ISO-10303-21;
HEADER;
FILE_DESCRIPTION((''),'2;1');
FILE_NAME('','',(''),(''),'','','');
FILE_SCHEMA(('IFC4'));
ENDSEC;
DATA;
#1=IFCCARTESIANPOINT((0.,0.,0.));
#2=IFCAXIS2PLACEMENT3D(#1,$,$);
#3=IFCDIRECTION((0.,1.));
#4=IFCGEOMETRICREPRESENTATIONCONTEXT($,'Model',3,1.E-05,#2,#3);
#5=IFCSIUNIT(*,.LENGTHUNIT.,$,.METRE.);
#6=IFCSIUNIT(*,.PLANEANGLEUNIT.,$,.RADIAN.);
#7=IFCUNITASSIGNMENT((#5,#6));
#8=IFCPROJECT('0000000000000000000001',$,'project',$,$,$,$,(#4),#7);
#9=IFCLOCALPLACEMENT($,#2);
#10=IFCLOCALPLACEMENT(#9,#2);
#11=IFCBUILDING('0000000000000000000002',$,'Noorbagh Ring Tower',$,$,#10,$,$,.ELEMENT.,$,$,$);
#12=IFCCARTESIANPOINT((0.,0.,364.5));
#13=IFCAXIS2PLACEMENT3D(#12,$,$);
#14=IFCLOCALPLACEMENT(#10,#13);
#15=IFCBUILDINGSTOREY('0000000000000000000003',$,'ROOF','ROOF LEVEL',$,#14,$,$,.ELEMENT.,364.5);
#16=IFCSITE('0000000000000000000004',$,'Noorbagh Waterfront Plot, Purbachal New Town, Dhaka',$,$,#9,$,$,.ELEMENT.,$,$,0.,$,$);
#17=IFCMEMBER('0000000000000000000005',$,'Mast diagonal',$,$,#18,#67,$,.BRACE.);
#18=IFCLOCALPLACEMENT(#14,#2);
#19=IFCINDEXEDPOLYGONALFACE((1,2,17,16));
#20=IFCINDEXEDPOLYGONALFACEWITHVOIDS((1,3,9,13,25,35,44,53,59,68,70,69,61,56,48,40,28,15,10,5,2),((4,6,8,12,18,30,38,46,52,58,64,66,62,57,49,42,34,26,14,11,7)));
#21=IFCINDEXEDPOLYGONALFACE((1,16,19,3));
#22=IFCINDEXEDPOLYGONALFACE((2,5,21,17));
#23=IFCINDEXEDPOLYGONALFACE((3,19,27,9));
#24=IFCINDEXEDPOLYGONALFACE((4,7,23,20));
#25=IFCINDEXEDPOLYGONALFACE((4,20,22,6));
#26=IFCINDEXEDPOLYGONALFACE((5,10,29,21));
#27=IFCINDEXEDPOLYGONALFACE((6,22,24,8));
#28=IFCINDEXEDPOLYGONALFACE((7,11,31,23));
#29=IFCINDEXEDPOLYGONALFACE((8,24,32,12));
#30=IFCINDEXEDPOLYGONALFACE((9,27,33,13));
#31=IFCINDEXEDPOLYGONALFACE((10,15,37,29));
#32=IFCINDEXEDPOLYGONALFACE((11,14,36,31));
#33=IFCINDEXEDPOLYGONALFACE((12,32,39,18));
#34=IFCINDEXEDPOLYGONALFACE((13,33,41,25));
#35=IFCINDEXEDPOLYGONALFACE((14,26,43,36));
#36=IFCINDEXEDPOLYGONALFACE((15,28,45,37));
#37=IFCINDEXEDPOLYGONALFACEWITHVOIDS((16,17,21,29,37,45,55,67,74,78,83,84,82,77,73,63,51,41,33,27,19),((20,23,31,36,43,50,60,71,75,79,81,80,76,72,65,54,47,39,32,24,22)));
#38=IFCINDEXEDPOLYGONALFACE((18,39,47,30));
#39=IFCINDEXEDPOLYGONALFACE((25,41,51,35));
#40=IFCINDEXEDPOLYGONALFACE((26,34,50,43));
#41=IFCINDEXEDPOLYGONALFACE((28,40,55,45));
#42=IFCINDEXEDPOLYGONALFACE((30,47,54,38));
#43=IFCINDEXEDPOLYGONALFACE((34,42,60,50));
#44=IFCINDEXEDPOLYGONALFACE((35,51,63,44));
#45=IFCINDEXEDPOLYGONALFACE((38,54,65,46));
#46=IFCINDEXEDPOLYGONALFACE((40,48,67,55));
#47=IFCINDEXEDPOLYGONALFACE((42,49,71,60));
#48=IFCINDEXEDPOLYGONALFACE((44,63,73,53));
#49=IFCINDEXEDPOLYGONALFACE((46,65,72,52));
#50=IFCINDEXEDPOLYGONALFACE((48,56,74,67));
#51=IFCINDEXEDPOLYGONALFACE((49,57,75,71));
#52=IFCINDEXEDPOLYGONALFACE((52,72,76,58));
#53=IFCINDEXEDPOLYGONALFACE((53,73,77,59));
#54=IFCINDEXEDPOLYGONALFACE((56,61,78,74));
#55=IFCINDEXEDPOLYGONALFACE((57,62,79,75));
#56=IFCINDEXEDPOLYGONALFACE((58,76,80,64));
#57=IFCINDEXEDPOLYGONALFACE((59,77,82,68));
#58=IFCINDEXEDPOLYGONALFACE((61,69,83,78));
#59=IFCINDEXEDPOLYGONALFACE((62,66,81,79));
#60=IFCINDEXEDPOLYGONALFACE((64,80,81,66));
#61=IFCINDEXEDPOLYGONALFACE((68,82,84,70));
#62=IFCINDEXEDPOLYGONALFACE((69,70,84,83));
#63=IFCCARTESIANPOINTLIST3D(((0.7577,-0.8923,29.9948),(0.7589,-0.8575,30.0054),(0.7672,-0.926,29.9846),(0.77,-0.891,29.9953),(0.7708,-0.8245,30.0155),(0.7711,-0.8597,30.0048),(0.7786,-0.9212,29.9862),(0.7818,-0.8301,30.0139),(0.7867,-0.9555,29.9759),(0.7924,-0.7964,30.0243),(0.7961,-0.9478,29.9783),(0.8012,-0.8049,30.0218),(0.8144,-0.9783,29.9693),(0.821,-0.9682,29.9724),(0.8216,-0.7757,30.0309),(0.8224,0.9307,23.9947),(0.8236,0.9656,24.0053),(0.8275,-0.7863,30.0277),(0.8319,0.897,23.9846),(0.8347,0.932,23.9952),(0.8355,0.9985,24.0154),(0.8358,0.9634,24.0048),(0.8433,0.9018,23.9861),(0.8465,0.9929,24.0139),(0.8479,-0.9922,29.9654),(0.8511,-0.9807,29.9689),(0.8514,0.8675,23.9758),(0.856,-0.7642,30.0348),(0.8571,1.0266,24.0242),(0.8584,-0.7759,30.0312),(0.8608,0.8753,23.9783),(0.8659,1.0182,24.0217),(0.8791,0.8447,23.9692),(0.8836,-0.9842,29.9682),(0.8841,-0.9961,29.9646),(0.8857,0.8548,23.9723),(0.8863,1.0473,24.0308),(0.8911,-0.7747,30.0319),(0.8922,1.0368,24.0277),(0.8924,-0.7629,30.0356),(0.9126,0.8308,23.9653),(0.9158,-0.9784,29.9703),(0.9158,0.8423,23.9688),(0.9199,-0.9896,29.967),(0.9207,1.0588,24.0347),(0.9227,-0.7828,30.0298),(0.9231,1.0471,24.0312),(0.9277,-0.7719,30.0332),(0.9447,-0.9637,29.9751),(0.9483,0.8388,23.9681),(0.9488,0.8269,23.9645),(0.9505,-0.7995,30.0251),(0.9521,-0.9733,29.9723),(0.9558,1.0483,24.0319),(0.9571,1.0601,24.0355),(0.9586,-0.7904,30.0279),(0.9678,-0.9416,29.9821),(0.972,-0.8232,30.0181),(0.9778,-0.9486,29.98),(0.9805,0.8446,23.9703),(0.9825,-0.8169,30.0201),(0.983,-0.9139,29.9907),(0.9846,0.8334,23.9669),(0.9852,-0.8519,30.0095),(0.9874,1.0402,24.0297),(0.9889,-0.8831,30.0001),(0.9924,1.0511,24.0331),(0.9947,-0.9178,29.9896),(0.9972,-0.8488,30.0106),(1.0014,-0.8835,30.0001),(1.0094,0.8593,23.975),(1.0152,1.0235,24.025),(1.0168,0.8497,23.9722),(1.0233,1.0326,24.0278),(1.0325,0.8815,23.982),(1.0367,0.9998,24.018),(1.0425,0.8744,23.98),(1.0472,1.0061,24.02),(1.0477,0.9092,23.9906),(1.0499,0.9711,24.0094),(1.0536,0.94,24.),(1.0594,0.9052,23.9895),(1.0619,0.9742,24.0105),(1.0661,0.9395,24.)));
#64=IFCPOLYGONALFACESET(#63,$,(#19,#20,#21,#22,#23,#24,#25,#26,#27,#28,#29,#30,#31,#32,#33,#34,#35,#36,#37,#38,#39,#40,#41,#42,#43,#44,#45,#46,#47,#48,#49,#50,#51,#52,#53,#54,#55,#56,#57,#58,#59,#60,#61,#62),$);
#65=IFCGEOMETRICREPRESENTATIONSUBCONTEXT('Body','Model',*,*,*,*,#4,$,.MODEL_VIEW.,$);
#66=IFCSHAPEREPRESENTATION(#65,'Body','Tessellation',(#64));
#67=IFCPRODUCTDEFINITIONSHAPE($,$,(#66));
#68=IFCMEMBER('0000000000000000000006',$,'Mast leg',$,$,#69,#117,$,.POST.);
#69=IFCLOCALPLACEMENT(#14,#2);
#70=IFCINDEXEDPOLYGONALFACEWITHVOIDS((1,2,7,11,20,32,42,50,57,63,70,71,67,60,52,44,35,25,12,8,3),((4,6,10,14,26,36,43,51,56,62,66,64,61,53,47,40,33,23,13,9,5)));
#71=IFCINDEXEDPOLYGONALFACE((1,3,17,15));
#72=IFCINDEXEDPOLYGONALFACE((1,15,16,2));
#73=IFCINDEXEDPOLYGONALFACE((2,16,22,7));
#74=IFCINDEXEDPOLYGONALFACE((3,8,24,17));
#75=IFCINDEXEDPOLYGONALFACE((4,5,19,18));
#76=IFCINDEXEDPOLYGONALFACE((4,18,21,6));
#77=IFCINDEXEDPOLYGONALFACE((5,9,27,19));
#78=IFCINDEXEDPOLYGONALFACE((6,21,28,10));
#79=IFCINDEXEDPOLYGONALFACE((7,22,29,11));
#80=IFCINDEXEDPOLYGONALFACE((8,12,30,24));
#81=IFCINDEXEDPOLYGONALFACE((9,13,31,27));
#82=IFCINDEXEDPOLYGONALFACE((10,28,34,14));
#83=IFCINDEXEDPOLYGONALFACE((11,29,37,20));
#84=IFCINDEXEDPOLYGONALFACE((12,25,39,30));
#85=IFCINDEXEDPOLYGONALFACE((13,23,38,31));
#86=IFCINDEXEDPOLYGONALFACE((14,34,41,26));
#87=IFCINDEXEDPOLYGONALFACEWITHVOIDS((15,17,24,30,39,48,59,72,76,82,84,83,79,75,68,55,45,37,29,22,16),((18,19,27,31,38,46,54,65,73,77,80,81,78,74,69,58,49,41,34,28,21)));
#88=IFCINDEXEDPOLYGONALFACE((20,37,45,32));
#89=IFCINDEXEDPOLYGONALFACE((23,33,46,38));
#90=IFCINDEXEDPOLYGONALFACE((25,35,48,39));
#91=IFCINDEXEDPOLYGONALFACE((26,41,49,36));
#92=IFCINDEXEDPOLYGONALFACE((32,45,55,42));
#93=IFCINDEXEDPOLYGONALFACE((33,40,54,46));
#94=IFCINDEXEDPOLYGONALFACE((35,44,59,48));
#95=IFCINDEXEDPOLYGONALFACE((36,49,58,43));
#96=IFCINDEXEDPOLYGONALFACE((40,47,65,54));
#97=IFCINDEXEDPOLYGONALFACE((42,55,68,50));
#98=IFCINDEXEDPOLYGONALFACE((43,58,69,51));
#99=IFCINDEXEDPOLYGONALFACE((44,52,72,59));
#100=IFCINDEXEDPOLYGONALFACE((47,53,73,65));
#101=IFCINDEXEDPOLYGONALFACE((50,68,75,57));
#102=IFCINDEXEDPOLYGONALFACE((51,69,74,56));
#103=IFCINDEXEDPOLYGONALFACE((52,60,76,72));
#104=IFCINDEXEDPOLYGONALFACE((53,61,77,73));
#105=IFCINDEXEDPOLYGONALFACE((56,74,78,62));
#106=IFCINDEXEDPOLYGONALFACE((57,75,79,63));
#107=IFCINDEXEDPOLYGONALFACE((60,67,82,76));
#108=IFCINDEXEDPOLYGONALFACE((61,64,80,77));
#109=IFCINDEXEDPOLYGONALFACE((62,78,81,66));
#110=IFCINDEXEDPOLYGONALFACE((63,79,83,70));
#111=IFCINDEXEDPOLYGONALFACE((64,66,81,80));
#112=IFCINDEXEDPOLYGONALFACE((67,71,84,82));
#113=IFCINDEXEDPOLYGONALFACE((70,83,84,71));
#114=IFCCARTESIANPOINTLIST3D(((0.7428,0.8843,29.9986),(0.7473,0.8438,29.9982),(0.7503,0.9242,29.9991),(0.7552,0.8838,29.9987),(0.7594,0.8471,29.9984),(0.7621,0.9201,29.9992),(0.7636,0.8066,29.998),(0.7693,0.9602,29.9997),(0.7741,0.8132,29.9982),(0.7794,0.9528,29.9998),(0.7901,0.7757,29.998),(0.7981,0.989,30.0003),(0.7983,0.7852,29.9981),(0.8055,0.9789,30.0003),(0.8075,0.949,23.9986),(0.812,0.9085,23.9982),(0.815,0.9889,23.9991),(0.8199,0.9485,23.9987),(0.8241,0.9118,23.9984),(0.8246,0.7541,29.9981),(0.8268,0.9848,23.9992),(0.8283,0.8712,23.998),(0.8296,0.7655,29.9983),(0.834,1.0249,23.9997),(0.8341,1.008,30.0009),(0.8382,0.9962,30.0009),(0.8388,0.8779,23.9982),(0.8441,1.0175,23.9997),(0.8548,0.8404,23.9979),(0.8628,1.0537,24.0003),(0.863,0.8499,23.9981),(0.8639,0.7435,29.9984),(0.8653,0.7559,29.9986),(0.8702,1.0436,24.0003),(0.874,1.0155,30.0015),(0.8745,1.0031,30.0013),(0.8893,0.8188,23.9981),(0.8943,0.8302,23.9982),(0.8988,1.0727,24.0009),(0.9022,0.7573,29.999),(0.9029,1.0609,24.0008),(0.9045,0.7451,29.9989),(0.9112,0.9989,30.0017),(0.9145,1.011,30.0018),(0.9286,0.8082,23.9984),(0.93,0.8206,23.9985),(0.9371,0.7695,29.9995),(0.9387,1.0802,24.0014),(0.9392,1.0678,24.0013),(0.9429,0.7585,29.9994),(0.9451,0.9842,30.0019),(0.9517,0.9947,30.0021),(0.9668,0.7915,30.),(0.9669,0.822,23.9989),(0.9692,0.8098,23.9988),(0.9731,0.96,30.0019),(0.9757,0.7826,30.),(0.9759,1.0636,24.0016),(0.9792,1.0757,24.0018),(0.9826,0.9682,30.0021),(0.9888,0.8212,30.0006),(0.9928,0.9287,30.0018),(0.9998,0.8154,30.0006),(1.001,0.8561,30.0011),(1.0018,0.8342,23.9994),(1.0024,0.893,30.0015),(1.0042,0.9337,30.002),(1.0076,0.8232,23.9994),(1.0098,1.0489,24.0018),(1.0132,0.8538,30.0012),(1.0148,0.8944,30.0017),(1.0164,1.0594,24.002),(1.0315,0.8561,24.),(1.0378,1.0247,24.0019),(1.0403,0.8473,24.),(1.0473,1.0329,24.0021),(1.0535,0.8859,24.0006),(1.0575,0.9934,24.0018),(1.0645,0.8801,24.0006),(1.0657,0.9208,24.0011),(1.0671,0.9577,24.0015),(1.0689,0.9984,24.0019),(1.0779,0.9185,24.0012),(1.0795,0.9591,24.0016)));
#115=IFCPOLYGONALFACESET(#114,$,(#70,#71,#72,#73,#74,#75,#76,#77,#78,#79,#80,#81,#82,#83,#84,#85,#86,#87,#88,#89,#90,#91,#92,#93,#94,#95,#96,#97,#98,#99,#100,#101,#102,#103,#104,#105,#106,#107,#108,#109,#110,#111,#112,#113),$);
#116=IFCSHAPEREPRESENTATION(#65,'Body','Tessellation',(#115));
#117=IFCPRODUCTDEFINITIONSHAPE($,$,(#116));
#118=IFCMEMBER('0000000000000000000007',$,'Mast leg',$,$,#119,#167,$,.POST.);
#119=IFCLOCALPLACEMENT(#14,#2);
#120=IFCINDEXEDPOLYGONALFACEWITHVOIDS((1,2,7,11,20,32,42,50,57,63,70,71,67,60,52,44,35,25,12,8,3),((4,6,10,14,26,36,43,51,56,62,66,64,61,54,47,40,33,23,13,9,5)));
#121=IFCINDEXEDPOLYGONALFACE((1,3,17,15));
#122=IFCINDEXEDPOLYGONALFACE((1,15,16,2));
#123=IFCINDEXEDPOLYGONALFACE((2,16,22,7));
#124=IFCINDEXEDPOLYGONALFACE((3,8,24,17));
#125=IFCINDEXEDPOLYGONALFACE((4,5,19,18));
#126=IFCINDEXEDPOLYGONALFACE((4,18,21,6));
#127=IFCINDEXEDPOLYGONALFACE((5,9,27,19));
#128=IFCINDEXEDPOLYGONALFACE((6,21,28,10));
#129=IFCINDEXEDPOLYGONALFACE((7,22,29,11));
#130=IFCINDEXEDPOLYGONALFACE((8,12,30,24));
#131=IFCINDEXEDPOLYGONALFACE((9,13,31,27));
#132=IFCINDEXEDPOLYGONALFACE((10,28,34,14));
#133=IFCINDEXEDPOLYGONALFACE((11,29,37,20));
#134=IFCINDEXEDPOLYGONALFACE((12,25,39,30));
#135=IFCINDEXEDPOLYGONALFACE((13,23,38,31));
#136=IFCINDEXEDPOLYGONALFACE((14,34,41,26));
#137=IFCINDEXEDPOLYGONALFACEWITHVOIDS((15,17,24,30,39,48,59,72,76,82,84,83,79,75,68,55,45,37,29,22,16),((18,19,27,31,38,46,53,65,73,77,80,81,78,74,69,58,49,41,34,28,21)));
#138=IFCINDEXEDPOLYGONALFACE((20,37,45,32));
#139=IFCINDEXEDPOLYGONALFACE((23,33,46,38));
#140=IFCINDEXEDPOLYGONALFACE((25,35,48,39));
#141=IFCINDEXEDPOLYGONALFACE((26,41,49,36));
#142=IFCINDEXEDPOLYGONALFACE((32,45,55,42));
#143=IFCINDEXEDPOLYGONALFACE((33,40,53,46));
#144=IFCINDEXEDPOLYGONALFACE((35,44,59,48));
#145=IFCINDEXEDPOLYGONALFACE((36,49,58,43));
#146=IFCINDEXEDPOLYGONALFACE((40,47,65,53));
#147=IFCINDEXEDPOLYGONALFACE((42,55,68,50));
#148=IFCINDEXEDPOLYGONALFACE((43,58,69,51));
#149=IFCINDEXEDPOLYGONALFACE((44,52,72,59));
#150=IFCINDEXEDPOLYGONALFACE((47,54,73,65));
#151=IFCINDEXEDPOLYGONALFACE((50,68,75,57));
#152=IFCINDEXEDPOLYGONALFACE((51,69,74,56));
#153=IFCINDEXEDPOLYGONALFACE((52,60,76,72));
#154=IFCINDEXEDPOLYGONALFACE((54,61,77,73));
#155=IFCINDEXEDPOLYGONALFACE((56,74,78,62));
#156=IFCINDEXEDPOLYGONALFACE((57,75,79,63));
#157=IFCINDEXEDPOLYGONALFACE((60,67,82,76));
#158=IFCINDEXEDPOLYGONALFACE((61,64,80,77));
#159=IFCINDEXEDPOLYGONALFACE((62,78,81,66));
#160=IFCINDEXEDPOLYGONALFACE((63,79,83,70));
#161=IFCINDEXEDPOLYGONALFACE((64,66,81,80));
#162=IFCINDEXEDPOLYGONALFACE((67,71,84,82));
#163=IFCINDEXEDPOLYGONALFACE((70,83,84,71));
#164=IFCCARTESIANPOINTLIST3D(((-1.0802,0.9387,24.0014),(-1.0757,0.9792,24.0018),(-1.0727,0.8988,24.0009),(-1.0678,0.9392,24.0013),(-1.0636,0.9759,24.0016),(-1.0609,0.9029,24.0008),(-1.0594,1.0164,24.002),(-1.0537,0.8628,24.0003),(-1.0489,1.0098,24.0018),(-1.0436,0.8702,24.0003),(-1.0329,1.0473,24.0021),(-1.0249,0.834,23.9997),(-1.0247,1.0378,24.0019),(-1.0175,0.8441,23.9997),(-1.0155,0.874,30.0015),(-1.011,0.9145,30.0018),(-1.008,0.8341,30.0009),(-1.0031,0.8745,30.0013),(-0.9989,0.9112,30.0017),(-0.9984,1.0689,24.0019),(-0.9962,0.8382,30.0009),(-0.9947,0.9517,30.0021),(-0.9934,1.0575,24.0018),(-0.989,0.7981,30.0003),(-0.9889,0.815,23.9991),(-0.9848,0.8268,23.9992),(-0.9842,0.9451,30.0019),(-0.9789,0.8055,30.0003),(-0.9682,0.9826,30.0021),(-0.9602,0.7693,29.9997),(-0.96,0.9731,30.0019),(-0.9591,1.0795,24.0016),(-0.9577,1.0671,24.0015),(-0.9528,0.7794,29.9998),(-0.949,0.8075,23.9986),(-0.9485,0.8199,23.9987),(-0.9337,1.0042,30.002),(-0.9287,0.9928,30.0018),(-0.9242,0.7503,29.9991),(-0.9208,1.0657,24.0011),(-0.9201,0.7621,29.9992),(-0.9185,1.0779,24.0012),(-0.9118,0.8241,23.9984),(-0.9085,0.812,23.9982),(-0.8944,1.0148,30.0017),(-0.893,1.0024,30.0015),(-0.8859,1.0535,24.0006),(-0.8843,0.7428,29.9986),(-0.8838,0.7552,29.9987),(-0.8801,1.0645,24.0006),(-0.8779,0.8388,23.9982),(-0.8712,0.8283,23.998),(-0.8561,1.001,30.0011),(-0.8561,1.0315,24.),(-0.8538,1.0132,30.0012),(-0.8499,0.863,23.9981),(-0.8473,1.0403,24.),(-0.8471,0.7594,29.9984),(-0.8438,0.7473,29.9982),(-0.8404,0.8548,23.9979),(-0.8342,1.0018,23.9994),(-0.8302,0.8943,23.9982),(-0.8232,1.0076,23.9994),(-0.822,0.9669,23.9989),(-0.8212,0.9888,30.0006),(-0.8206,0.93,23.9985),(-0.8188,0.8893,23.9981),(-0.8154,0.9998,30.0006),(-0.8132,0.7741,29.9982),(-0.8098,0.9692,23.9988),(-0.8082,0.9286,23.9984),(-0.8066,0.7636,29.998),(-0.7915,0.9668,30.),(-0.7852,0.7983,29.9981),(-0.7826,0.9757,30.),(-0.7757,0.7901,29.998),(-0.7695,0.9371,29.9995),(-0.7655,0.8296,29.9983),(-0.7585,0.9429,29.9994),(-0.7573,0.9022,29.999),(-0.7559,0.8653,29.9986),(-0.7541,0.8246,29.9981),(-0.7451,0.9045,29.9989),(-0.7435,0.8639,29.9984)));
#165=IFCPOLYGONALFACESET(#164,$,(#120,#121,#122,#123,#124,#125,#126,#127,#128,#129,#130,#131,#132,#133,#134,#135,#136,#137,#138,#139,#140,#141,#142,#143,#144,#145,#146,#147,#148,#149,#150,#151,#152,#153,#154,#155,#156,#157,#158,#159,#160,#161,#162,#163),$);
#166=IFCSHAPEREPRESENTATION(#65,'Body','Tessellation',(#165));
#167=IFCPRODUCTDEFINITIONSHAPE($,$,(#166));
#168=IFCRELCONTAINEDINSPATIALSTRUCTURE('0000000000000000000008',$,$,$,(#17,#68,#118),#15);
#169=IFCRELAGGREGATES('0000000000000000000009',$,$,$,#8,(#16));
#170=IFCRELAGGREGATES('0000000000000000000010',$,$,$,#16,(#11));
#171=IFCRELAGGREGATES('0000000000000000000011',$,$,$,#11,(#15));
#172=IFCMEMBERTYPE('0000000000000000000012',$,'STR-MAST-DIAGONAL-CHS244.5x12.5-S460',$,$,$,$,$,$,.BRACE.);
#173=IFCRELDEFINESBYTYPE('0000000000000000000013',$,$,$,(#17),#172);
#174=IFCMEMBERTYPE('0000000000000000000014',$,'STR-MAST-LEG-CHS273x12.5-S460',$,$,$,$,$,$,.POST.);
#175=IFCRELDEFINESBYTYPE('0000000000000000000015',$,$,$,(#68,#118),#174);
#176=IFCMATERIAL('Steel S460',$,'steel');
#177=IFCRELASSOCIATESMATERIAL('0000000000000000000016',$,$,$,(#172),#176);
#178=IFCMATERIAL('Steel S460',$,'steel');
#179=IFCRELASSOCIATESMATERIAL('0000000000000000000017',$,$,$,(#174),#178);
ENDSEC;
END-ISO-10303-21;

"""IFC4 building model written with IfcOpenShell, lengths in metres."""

from ifc_helpers import new_model, si_unit, direction, frame, origin, origin_2d, place, context, subcontext, project, spatial, hollow_circle, extrude, material, material_profile, profile_set, type_object, element, save


model = new_model("IFC4")

# Units and contexts
model_context = context("Model", 3, precision=1e-05, world=origin(), true_north=direction((0.0, 1.0)))
body_context = subcontext(model_context, "Body", "Model", "MODEL_VIEW")
ifc_project = project(units=[si_unit("LENGTHUNIT", "METRE"), si_unit("PLANEANGLEUNIT", "RADIAN")], contexts=[model_context])

# Site, building, storey
site_placement = place(None, origin())
site = spatial("IfcSite", under=ifc_project, at=site_placement, Name="Noorbagh Waterfront Plot, Purbachal New Town, Dhaka", CompositionType="ELEMENT", RefElevation=0.0)
building_placement = place(site_placement, origin())
building = spatial("IfcBuilding", under=site, at=building_placement, Name="Noorbagh Ring Tower", CompositionType="ELEMENT")
storey_placement = place(building_placement, frame((0.0, 0.0, 364.5)))
storey = spatial("IfcBuildingStorey", under=building, at=storey_placement, Name="ROOF", Description="ROOF LEVEL", CompositionType="ELEMENT", Elevation=364.5)

# Members
ifc_material_1 = material(Name="Steel S460", Category="steel")
ifc_material_profile_1 = material_profile(ifc_material_1, hollow_circle(Radius=0.1223, WallThickness=0.0125, at=origin_2d()), Name="CHS244.5x12.5")
ifc_profile_set_1 = profile_set([ifc_material_profile_1], Name="Steel S460")
member_type_1 = type_object("IfcMemberType", Name="STR-MAST-DIAGONAL-CHS244.5x12.5-S460", PredefinedType="BRACE", material=ifc_profile_set_1)
for number, where, z_axis, x_axis, name in (
    (1, (0.9438, 0.9438, 24.0), (-0.010317, -0.290695, 0.95676), (0.999371, -0.035467, 0.0), "Mast diagonal"),
):
    element("IfcMember", number, at=place(storey_placement, frame(where, z_axis=z_axis, x_axis=x_axis)), inside=storey, type_object=member_type_1, Name=name, PredefinedType="BRACE", context=body_context, shape_type="SweptSolid", body=[
        extrude(hollow_circle(Radius=0.1223, WallThickness=0.0125, at=origin_2d()), origin(), (0.0, 0.0, 1.0), 6.2712),
    ])
ifc_material_2 = material(Name="Steel S460", Category="steel")
ifc_material_profile_2 = material_profile(ifc_material_2, hollow_circle(Radius=0.1365, WallThickness=0.0125, at=origin_2d()), Name="CHS273x12.5")
ifc_profile_set_2 = profile_set([ifc_material_profile_2], Name="Steel S460")
member_type_2 = type_object("IfcMemberType", Name="STR-MAST-LEG-CHS273x12.5-S460", PredefinedType="POST", material=ifc_profile_set_2)
for number, where, z_axis, x_axis, name in (
    (2, (0.9438, 0.9438, 24.0), (-0.010782, -0.010782, 0.999884), (0.707107, -0.707107, 0.0), "Mast leg"),
    (3, (-0.9438, 0.9438, 24.0), (0.010782, -0.010782, 0.999884), (0.707107, 0.707107, 0.0), "Mast leg"),
):
    element("IfcMember", number, at=place(storey_placement, frame(where, z_axis=z_axis, x_axis=x_axis)), inside=storey, type_object=member_type_2, Name=name, PredefinedType="POST", context=body_context, shape_type="SweptSolid", body=[
        extrude(hollow_circle(Radius=0.1365, WallThickness=0.0125, at=origin_2d()), origin(), (0.0, 0.0, 1.0), 6.0007),
    ])

save(model, "model.ifc")
